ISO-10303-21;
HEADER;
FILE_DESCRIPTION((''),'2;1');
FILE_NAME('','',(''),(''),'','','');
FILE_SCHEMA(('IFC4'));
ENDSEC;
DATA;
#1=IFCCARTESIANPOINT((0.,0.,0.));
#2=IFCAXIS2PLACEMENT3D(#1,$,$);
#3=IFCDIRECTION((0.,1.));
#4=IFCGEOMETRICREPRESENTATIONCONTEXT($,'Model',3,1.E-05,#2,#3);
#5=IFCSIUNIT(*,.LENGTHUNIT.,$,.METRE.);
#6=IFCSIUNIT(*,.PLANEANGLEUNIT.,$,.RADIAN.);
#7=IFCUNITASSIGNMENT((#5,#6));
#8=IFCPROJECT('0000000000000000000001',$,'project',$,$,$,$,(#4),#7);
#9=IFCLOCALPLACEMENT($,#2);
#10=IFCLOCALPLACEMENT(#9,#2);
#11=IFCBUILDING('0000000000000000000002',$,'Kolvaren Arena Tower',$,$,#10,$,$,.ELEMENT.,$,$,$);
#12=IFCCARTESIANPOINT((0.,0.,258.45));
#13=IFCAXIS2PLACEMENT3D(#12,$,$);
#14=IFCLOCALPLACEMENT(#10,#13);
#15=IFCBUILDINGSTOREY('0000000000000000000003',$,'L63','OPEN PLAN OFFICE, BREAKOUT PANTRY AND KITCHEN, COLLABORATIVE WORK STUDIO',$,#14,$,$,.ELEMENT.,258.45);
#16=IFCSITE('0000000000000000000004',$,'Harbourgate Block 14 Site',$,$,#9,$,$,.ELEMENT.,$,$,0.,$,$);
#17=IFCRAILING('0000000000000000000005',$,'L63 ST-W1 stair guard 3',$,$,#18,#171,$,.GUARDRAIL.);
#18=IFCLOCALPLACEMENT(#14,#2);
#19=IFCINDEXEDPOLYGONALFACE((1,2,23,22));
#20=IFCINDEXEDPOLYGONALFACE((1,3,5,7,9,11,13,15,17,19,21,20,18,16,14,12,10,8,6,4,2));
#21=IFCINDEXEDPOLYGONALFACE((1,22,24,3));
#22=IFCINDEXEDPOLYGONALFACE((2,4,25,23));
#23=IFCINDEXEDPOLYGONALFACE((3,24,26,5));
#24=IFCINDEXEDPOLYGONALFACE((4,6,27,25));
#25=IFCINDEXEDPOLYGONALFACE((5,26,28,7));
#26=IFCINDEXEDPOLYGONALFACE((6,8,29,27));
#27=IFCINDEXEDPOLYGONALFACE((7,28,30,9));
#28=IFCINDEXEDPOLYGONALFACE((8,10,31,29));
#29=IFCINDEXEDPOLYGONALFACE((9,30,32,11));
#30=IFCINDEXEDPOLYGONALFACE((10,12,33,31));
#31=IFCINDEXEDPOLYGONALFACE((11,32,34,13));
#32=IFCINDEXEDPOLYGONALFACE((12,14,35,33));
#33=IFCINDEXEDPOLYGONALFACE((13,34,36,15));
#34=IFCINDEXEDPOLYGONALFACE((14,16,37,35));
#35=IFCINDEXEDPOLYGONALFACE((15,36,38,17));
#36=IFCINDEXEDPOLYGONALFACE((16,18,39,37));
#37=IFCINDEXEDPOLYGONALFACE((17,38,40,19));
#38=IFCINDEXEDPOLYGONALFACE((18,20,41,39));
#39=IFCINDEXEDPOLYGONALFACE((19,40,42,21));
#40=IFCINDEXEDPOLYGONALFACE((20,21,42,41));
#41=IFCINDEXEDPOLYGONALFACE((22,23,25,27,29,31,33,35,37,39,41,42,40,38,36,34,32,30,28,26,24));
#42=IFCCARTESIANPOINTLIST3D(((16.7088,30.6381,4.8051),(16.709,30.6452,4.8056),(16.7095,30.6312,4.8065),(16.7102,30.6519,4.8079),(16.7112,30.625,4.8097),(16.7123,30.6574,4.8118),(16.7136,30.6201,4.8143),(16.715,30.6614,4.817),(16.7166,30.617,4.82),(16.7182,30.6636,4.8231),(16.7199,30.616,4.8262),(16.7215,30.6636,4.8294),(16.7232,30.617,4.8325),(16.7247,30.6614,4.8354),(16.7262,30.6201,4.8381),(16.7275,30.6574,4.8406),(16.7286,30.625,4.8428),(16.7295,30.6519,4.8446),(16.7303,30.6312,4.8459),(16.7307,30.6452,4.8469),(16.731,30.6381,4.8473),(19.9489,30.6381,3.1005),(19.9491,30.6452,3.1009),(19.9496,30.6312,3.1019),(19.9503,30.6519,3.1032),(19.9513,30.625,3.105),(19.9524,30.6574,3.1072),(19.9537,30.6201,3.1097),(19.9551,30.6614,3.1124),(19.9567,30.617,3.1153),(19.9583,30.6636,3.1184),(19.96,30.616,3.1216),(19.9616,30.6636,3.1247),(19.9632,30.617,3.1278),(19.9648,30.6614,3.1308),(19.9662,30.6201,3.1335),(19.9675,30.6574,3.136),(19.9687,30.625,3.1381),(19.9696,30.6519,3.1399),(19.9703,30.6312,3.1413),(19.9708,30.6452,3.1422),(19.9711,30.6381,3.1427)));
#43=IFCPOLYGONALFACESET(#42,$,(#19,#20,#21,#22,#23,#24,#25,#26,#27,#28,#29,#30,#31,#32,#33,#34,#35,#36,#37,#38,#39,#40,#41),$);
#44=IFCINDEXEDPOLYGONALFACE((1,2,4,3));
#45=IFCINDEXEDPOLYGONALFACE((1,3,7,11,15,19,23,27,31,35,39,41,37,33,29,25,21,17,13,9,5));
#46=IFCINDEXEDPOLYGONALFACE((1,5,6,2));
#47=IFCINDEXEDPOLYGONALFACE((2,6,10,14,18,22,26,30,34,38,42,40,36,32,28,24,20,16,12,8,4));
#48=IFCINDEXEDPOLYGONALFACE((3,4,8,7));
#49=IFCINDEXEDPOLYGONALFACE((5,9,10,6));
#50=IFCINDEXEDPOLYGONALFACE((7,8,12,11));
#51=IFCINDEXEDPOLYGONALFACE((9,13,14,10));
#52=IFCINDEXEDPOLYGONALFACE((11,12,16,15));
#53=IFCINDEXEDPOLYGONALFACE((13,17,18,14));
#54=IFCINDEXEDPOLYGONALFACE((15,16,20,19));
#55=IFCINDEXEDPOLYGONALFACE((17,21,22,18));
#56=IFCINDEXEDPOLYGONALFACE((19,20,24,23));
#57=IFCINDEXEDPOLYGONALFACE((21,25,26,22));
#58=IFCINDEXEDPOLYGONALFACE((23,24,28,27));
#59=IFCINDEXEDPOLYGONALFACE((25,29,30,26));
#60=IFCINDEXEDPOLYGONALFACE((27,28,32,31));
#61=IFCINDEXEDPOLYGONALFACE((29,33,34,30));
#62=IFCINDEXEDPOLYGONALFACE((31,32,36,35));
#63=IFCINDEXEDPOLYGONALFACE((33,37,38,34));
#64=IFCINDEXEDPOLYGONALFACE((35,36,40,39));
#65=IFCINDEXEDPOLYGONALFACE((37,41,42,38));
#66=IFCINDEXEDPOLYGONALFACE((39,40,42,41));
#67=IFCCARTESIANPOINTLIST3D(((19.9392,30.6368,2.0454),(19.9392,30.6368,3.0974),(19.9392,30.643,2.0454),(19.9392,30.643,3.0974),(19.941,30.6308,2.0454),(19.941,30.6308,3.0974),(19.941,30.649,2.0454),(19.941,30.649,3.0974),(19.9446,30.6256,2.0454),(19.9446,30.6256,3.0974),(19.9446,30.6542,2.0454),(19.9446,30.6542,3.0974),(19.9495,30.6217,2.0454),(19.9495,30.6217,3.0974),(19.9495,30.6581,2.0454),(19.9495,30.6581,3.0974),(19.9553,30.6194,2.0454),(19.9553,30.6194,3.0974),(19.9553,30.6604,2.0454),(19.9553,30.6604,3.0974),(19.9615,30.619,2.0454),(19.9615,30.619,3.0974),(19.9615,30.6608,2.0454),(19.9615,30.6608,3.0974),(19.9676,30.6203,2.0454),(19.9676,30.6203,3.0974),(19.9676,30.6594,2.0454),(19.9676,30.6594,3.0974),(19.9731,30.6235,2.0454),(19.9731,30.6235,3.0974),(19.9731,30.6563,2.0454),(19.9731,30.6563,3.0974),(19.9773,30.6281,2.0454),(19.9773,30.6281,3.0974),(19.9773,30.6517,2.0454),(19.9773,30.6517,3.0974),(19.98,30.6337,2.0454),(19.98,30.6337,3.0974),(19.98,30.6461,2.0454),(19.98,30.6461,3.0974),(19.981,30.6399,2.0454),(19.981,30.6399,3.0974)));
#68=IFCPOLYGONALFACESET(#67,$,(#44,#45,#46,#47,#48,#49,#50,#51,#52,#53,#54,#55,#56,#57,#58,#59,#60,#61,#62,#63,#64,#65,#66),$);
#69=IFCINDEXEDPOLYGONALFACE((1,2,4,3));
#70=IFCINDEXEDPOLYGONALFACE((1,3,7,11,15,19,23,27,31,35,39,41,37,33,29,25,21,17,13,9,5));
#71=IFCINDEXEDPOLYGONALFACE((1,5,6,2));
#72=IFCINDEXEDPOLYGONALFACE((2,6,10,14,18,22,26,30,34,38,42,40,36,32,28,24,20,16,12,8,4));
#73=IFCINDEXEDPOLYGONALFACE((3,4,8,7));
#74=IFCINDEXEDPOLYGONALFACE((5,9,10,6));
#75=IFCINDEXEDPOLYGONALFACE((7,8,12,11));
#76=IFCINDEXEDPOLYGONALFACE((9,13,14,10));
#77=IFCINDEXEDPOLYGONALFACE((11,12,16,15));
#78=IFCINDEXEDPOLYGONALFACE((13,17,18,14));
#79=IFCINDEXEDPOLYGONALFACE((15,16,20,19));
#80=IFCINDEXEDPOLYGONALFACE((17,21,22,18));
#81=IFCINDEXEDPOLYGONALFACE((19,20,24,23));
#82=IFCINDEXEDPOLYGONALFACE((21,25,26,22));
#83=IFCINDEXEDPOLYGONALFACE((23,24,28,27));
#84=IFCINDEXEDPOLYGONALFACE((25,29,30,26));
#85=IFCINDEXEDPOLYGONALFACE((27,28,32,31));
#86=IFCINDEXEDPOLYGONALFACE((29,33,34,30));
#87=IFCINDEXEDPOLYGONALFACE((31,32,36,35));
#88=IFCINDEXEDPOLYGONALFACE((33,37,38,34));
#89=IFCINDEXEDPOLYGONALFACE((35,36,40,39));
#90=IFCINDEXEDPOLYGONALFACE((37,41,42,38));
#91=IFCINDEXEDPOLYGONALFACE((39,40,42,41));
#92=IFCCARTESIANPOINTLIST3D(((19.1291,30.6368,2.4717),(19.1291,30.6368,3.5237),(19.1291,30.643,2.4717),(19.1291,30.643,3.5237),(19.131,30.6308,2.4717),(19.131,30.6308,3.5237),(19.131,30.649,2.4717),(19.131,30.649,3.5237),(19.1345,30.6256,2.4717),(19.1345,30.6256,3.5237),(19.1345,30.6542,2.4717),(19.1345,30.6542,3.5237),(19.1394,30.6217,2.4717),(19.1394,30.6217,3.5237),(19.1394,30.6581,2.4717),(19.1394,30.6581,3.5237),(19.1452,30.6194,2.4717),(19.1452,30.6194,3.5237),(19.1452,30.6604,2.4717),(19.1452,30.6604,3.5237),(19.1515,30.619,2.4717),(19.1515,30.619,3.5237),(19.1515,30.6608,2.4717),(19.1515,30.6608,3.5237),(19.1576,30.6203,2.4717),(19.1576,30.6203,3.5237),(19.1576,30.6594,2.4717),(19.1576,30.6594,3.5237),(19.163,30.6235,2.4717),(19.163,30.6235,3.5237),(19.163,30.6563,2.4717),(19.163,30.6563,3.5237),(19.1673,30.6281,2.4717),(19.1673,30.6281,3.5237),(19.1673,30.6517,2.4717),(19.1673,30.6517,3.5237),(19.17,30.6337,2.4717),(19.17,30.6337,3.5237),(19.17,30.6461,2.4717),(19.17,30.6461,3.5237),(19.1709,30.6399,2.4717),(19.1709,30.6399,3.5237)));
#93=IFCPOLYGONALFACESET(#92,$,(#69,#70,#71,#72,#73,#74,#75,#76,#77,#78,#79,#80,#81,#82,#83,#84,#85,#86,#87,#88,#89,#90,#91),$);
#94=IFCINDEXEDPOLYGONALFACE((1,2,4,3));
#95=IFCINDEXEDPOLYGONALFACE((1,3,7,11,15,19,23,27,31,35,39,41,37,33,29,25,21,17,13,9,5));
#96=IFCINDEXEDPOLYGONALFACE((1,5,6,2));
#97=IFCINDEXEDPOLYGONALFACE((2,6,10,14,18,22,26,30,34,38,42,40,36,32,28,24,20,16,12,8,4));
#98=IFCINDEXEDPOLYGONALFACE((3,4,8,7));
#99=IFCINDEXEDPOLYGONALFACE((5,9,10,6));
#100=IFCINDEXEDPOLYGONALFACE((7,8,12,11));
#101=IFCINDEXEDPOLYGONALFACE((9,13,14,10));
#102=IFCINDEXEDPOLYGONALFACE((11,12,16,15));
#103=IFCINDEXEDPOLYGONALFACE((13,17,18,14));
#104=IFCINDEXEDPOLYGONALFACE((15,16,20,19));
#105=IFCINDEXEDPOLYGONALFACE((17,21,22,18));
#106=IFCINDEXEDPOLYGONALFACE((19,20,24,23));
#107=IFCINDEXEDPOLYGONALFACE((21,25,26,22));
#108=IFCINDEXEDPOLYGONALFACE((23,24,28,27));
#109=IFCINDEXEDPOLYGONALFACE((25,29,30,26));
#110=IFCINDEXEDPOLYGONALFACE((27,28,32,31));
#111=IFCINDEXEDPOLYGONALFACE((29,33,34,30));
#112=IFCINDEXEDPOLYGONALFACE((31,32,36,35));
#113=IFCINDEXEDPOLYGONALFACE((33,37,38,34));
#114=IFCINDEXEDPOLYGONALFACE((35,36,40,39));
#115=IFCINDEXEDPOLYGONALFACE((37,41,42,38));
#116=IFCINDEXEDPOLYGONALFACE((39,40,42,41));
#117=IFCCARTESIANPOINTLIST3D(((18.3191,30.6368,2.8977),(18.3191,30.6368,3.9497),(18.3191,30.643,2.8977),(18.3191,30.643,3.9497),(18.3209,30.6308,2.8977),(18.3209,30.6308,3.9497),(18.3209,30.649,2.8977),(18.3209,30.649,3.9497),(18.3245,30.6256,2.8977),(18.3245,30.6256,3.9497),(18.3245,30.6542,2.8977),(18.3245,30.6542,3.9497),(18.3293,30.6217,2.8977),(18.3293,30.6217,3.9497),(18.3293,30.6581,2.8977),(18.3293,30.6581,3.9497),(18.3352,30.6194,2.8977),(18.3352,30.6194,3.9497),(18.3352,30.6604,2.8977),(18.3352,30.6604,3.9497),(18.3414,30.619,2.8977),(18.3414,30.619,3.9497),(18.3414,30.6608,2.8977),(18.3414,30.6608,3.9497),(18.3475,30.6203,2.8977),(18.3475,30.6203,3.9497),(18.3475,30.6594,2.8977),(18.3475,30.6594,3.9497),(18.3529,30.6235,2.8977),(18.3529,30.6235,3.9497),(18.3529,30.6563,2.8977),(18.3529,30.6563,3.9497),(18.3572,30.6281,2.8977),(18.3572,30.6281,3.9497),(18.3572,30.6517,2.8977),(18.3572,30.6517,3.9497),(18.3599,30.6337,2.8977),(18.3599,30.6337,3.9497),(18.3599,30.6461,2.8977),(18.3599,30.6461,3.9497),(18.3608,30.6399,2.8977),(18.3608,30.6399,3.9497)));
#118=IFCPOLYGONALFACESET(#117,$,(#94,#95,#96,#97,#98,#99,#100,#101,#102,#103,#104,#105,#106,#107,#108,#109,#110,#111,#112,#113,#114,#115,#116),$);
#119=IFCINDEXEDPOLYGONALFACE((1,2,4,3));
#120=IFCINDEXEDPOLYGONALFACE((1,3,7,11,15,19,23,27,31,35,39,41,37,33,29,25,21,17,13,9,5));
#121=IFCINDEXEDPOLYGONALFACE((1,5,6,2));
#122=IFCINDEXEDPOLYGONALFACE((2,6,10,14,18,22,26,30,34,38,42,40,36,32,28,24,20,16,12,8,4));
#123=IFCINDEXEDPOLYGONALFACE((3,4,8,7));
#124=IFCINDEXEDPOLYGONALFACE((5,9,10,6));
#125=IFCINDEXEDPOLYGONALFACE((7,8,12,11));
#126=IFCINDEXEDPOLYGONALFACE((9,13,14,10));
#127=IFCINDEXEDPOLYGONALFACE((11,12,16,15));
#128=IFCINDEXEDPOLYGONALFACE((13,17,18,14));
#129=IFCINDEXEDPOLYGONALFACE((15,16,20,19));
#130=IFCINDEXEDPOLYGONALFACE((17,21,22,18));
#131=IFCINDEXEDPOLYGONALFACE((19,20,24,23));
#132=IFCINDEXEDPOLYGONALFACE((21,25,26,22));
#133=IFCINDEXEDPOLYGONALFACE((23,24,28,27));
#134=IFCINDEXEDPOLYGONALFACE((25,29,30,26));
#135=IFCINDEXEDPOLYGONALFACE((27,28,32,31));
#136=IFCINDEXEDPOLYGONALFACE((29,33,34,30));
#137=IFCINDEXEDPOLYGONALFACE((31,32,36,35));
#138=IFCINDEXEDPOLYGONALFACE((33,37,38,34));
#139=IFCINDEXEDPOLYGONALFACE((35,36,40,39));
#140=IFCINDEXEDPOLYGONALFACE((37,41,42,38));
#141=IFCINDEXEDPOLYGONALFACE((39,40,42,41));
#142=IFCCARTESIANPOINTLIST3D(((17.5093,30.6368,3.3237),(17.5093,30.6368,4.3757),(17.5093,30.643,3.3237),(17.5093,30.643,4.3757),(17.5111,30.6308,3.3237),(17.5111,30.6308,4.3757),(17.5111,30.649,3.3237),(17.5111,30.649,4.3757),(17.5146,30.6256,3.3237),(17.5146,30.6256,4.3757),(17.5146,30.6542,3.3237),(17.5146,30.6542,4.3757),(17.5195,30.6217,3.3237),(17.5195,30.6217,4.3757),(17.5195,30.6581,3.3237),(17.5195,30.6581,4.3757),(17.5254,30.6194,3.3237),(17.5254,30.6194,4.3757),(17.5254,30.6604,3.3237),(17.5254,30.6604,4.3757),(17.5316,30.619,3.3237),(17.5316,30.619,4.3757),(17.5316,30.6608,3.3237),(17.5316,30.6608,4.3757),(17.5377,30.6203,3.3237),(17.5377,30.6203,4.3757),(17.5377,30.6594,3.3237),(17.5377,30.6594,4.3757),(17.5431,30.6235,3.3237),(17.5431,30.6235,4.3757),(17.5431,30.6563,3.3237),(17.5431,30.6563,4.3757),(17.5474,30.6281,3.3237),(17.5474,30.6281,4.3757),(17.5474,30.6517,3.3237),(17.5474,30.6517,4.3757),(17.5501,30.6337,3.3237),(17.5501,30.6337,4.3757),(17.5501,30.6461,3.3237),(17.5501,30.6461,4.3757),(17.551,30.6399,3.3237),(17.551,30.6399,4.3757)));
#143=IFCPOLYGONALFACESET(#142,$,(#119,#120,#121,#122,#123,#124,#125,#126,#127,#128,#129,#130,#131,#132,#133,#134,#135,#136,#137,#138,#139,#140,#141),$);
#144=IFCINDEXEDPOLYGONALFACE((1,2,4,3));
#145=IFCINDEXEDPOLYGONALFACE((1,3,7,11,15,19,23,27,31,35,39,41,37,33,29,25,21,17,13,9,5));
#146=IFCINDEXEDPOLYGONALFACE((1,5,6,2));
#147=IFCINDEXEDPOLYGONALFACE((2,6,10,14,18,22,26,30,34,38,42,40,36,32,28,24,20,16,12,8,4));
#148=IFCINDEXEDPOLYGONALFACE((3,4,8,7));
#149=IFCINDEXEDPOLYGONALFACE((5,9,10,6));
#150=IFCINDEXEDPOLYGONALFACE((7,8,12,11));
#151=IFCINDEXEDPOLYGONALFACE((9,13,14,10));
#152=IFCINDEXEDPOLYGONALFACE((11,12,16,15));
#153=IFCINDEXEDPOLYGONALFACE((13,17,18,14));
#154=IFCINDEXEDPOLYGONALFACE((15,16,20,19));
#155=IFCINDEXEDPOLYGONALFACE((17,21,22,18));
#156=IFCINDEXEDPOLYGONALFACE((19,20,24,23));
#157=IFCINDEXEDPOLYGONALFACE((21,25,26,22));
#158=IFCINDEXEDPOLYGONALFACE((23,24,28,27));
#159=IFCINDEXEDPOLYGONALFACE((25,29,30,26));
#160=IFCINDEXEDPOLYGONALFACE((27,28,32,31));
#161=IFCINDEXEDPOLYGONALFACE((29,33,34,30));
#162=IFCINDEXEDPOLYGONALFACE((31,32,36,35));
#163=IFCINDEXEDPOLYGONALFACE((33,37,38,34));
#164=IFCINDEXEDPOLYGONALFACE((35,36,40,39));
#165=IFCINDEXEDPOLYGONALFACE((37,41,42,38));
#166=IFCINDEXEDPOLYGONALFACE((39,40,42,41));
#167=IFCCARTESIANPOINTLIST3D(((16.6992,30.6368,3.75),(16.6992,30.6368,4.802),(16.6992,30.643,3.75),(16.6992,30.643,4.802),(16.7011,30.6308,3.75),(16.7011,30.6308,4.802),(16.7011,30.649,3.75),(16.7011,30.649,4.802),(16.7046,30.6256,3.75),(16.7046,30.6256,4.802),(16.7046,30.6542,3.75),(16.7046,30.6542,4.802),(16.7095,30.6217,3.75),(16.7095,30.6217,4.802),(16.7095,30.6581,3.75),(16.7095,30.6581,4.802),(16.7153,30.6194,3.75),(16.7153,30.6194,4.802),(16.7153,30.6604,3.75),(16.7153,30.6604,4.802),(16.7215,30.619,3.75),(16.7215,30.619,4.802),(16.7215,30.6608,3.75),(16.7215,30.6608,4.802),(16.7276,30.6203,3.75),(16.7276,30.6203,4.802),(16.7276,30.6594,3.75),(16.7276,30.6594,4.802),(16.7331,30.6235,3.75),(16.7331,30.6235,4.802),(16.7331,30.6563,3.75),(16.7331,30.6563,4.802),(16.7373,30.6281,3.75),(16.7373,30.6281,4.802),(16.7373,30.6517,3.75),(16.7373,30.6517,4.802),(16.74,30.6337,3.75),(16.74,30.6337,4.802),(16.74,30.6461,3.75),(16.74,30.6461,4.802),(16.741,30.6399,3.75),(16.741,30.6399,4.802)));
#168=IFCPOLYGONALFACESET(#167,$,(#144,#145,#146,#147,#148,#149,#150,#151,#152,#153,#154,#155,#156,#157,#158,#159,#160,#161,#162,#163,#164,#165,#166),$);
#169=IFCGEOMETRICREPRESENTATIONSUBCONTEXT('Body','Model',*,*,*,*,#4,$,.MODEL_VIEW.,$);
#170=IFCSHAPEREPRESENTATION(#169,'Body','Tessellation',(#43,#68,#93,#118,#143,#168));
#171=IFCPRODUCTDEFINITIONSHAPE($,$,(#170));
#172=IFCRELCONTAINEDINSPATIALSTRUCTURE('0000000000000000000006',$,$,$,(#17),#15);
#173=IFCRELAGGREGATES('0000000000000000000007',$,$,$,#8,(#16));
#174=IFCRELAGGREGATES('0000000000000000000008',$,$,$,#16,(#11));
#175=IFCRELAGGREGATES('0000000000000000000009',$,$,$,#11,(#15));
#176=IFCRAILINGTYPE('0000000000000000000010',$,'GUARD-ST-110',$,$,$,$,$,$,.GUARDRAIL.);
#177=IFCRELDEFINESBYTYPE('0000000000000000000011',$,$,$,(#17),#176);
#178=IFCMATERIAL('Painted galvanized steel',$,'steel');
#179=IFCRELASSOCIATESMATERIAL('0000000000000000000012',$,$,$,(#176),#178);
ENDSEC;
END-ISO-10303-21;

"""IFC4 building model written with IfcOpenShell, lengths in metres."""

from ifc_helpers import new_model, si_unit, direction, frame, origin, origin_2d, place, context, subcontext, project, spatial, circle, extrude, material, type_object, element, save


model = new_model("IFC4")

# Units and contexts
model_context = context("Model", 3, precision=1e-05, world=origin(), true_north=direction((0.0, 1.0)))
body_context = subcontext(model_context, "Body", "Model", "MODEL_VIEW")
ifc_project = project(units=[si_unit("LENGTHUNIT", "METRE"), si_unit("PLANEANGLEUNIT", "RADIAN")], contexts=[model_context])

# Site, building, storey
site_placement = place(None, origin())
site = spatial("IfcSite", under=ifc_project, at=site_placement, Name="Harbourgate Block 14 Site", CompositionType="ELEMENT", RefElevation=0.0)
building_placement = place(site_placement, origin())
building = spatial("IfcBuilding", under=site, at=building_placement, Name="Kolvaren Arena Tower", CompositionType="ELEMENT")
storey_placement = place(building_placement, frame((0.0, 0.0, 258.45)))
storey = spatial("IfcBuildingStorey", under=building, at=storey_placement, Name="L63", Description="OPEN PLAN OFFICE, BREAKOUT PANTRY AND KITCHEN, COLLABORATIVE WORK STUDIO", CompositionType="ELEMENT", Elevation=258.45)

# Railing
ifc_material_1 = material(Name="Painted galvanized steel", Category="steel")
railing_type_1 = type_object("IfcRailingType", Name="GUARD-ST-110", PredefinedType="GUARDRAIL", material=ifc_material_1)
railing_1_placement = place(storey_placement, frame((19.96, 30.6399, 2.0454)))
element("IfcRailing", 1, at=railing_1_placement, inside=storey, type_object=railing_type_1, Name="L63 ST-W1 stair guard 3", PredefinedType="GUARDRAIL", context=body_context, shape_type="SweptSolid", body=[
    extrude(circle(Radius=0.0239, at=origin_2d()), frame((0.0, 0.0, 1.0762), z_axis=(-0.884993, 0.0, 0.465604), x_axis=(0.0, -1.0, 0.0)), (0.0, 0.0, 1.0), 3.6611),
    extrude(circle(Radius=0.021, at=origin_2d()), origin(), (0.0, 0.0, 1.0), 1.052),
    extrude(circle(Radius=0.021, at=origin_2d()), frame((-0.8101, 0.0, 0.4263)), (0.0, 0.0, 1.0), 1.052),
    extrude(circle(Radius=0.021, at=origin_2d()), frame((-1.6201, 0.0, 0.8523)), (0.0, 0.0, 1.0), 1.052),
    extrude(circle(Radius=0.021, at=origin_2d()), frame((-2.4299, 0.0, 1.2783)), (0.0, 0.0, 1.0), 1.052),
    extrude(circle(Radius=0.021, at=origin_2d()), frame((-3.24, 0.0, 1.7046)), (0.0, 0.0, 1.0), 1.052),
])

save(model, "model.ifc")
